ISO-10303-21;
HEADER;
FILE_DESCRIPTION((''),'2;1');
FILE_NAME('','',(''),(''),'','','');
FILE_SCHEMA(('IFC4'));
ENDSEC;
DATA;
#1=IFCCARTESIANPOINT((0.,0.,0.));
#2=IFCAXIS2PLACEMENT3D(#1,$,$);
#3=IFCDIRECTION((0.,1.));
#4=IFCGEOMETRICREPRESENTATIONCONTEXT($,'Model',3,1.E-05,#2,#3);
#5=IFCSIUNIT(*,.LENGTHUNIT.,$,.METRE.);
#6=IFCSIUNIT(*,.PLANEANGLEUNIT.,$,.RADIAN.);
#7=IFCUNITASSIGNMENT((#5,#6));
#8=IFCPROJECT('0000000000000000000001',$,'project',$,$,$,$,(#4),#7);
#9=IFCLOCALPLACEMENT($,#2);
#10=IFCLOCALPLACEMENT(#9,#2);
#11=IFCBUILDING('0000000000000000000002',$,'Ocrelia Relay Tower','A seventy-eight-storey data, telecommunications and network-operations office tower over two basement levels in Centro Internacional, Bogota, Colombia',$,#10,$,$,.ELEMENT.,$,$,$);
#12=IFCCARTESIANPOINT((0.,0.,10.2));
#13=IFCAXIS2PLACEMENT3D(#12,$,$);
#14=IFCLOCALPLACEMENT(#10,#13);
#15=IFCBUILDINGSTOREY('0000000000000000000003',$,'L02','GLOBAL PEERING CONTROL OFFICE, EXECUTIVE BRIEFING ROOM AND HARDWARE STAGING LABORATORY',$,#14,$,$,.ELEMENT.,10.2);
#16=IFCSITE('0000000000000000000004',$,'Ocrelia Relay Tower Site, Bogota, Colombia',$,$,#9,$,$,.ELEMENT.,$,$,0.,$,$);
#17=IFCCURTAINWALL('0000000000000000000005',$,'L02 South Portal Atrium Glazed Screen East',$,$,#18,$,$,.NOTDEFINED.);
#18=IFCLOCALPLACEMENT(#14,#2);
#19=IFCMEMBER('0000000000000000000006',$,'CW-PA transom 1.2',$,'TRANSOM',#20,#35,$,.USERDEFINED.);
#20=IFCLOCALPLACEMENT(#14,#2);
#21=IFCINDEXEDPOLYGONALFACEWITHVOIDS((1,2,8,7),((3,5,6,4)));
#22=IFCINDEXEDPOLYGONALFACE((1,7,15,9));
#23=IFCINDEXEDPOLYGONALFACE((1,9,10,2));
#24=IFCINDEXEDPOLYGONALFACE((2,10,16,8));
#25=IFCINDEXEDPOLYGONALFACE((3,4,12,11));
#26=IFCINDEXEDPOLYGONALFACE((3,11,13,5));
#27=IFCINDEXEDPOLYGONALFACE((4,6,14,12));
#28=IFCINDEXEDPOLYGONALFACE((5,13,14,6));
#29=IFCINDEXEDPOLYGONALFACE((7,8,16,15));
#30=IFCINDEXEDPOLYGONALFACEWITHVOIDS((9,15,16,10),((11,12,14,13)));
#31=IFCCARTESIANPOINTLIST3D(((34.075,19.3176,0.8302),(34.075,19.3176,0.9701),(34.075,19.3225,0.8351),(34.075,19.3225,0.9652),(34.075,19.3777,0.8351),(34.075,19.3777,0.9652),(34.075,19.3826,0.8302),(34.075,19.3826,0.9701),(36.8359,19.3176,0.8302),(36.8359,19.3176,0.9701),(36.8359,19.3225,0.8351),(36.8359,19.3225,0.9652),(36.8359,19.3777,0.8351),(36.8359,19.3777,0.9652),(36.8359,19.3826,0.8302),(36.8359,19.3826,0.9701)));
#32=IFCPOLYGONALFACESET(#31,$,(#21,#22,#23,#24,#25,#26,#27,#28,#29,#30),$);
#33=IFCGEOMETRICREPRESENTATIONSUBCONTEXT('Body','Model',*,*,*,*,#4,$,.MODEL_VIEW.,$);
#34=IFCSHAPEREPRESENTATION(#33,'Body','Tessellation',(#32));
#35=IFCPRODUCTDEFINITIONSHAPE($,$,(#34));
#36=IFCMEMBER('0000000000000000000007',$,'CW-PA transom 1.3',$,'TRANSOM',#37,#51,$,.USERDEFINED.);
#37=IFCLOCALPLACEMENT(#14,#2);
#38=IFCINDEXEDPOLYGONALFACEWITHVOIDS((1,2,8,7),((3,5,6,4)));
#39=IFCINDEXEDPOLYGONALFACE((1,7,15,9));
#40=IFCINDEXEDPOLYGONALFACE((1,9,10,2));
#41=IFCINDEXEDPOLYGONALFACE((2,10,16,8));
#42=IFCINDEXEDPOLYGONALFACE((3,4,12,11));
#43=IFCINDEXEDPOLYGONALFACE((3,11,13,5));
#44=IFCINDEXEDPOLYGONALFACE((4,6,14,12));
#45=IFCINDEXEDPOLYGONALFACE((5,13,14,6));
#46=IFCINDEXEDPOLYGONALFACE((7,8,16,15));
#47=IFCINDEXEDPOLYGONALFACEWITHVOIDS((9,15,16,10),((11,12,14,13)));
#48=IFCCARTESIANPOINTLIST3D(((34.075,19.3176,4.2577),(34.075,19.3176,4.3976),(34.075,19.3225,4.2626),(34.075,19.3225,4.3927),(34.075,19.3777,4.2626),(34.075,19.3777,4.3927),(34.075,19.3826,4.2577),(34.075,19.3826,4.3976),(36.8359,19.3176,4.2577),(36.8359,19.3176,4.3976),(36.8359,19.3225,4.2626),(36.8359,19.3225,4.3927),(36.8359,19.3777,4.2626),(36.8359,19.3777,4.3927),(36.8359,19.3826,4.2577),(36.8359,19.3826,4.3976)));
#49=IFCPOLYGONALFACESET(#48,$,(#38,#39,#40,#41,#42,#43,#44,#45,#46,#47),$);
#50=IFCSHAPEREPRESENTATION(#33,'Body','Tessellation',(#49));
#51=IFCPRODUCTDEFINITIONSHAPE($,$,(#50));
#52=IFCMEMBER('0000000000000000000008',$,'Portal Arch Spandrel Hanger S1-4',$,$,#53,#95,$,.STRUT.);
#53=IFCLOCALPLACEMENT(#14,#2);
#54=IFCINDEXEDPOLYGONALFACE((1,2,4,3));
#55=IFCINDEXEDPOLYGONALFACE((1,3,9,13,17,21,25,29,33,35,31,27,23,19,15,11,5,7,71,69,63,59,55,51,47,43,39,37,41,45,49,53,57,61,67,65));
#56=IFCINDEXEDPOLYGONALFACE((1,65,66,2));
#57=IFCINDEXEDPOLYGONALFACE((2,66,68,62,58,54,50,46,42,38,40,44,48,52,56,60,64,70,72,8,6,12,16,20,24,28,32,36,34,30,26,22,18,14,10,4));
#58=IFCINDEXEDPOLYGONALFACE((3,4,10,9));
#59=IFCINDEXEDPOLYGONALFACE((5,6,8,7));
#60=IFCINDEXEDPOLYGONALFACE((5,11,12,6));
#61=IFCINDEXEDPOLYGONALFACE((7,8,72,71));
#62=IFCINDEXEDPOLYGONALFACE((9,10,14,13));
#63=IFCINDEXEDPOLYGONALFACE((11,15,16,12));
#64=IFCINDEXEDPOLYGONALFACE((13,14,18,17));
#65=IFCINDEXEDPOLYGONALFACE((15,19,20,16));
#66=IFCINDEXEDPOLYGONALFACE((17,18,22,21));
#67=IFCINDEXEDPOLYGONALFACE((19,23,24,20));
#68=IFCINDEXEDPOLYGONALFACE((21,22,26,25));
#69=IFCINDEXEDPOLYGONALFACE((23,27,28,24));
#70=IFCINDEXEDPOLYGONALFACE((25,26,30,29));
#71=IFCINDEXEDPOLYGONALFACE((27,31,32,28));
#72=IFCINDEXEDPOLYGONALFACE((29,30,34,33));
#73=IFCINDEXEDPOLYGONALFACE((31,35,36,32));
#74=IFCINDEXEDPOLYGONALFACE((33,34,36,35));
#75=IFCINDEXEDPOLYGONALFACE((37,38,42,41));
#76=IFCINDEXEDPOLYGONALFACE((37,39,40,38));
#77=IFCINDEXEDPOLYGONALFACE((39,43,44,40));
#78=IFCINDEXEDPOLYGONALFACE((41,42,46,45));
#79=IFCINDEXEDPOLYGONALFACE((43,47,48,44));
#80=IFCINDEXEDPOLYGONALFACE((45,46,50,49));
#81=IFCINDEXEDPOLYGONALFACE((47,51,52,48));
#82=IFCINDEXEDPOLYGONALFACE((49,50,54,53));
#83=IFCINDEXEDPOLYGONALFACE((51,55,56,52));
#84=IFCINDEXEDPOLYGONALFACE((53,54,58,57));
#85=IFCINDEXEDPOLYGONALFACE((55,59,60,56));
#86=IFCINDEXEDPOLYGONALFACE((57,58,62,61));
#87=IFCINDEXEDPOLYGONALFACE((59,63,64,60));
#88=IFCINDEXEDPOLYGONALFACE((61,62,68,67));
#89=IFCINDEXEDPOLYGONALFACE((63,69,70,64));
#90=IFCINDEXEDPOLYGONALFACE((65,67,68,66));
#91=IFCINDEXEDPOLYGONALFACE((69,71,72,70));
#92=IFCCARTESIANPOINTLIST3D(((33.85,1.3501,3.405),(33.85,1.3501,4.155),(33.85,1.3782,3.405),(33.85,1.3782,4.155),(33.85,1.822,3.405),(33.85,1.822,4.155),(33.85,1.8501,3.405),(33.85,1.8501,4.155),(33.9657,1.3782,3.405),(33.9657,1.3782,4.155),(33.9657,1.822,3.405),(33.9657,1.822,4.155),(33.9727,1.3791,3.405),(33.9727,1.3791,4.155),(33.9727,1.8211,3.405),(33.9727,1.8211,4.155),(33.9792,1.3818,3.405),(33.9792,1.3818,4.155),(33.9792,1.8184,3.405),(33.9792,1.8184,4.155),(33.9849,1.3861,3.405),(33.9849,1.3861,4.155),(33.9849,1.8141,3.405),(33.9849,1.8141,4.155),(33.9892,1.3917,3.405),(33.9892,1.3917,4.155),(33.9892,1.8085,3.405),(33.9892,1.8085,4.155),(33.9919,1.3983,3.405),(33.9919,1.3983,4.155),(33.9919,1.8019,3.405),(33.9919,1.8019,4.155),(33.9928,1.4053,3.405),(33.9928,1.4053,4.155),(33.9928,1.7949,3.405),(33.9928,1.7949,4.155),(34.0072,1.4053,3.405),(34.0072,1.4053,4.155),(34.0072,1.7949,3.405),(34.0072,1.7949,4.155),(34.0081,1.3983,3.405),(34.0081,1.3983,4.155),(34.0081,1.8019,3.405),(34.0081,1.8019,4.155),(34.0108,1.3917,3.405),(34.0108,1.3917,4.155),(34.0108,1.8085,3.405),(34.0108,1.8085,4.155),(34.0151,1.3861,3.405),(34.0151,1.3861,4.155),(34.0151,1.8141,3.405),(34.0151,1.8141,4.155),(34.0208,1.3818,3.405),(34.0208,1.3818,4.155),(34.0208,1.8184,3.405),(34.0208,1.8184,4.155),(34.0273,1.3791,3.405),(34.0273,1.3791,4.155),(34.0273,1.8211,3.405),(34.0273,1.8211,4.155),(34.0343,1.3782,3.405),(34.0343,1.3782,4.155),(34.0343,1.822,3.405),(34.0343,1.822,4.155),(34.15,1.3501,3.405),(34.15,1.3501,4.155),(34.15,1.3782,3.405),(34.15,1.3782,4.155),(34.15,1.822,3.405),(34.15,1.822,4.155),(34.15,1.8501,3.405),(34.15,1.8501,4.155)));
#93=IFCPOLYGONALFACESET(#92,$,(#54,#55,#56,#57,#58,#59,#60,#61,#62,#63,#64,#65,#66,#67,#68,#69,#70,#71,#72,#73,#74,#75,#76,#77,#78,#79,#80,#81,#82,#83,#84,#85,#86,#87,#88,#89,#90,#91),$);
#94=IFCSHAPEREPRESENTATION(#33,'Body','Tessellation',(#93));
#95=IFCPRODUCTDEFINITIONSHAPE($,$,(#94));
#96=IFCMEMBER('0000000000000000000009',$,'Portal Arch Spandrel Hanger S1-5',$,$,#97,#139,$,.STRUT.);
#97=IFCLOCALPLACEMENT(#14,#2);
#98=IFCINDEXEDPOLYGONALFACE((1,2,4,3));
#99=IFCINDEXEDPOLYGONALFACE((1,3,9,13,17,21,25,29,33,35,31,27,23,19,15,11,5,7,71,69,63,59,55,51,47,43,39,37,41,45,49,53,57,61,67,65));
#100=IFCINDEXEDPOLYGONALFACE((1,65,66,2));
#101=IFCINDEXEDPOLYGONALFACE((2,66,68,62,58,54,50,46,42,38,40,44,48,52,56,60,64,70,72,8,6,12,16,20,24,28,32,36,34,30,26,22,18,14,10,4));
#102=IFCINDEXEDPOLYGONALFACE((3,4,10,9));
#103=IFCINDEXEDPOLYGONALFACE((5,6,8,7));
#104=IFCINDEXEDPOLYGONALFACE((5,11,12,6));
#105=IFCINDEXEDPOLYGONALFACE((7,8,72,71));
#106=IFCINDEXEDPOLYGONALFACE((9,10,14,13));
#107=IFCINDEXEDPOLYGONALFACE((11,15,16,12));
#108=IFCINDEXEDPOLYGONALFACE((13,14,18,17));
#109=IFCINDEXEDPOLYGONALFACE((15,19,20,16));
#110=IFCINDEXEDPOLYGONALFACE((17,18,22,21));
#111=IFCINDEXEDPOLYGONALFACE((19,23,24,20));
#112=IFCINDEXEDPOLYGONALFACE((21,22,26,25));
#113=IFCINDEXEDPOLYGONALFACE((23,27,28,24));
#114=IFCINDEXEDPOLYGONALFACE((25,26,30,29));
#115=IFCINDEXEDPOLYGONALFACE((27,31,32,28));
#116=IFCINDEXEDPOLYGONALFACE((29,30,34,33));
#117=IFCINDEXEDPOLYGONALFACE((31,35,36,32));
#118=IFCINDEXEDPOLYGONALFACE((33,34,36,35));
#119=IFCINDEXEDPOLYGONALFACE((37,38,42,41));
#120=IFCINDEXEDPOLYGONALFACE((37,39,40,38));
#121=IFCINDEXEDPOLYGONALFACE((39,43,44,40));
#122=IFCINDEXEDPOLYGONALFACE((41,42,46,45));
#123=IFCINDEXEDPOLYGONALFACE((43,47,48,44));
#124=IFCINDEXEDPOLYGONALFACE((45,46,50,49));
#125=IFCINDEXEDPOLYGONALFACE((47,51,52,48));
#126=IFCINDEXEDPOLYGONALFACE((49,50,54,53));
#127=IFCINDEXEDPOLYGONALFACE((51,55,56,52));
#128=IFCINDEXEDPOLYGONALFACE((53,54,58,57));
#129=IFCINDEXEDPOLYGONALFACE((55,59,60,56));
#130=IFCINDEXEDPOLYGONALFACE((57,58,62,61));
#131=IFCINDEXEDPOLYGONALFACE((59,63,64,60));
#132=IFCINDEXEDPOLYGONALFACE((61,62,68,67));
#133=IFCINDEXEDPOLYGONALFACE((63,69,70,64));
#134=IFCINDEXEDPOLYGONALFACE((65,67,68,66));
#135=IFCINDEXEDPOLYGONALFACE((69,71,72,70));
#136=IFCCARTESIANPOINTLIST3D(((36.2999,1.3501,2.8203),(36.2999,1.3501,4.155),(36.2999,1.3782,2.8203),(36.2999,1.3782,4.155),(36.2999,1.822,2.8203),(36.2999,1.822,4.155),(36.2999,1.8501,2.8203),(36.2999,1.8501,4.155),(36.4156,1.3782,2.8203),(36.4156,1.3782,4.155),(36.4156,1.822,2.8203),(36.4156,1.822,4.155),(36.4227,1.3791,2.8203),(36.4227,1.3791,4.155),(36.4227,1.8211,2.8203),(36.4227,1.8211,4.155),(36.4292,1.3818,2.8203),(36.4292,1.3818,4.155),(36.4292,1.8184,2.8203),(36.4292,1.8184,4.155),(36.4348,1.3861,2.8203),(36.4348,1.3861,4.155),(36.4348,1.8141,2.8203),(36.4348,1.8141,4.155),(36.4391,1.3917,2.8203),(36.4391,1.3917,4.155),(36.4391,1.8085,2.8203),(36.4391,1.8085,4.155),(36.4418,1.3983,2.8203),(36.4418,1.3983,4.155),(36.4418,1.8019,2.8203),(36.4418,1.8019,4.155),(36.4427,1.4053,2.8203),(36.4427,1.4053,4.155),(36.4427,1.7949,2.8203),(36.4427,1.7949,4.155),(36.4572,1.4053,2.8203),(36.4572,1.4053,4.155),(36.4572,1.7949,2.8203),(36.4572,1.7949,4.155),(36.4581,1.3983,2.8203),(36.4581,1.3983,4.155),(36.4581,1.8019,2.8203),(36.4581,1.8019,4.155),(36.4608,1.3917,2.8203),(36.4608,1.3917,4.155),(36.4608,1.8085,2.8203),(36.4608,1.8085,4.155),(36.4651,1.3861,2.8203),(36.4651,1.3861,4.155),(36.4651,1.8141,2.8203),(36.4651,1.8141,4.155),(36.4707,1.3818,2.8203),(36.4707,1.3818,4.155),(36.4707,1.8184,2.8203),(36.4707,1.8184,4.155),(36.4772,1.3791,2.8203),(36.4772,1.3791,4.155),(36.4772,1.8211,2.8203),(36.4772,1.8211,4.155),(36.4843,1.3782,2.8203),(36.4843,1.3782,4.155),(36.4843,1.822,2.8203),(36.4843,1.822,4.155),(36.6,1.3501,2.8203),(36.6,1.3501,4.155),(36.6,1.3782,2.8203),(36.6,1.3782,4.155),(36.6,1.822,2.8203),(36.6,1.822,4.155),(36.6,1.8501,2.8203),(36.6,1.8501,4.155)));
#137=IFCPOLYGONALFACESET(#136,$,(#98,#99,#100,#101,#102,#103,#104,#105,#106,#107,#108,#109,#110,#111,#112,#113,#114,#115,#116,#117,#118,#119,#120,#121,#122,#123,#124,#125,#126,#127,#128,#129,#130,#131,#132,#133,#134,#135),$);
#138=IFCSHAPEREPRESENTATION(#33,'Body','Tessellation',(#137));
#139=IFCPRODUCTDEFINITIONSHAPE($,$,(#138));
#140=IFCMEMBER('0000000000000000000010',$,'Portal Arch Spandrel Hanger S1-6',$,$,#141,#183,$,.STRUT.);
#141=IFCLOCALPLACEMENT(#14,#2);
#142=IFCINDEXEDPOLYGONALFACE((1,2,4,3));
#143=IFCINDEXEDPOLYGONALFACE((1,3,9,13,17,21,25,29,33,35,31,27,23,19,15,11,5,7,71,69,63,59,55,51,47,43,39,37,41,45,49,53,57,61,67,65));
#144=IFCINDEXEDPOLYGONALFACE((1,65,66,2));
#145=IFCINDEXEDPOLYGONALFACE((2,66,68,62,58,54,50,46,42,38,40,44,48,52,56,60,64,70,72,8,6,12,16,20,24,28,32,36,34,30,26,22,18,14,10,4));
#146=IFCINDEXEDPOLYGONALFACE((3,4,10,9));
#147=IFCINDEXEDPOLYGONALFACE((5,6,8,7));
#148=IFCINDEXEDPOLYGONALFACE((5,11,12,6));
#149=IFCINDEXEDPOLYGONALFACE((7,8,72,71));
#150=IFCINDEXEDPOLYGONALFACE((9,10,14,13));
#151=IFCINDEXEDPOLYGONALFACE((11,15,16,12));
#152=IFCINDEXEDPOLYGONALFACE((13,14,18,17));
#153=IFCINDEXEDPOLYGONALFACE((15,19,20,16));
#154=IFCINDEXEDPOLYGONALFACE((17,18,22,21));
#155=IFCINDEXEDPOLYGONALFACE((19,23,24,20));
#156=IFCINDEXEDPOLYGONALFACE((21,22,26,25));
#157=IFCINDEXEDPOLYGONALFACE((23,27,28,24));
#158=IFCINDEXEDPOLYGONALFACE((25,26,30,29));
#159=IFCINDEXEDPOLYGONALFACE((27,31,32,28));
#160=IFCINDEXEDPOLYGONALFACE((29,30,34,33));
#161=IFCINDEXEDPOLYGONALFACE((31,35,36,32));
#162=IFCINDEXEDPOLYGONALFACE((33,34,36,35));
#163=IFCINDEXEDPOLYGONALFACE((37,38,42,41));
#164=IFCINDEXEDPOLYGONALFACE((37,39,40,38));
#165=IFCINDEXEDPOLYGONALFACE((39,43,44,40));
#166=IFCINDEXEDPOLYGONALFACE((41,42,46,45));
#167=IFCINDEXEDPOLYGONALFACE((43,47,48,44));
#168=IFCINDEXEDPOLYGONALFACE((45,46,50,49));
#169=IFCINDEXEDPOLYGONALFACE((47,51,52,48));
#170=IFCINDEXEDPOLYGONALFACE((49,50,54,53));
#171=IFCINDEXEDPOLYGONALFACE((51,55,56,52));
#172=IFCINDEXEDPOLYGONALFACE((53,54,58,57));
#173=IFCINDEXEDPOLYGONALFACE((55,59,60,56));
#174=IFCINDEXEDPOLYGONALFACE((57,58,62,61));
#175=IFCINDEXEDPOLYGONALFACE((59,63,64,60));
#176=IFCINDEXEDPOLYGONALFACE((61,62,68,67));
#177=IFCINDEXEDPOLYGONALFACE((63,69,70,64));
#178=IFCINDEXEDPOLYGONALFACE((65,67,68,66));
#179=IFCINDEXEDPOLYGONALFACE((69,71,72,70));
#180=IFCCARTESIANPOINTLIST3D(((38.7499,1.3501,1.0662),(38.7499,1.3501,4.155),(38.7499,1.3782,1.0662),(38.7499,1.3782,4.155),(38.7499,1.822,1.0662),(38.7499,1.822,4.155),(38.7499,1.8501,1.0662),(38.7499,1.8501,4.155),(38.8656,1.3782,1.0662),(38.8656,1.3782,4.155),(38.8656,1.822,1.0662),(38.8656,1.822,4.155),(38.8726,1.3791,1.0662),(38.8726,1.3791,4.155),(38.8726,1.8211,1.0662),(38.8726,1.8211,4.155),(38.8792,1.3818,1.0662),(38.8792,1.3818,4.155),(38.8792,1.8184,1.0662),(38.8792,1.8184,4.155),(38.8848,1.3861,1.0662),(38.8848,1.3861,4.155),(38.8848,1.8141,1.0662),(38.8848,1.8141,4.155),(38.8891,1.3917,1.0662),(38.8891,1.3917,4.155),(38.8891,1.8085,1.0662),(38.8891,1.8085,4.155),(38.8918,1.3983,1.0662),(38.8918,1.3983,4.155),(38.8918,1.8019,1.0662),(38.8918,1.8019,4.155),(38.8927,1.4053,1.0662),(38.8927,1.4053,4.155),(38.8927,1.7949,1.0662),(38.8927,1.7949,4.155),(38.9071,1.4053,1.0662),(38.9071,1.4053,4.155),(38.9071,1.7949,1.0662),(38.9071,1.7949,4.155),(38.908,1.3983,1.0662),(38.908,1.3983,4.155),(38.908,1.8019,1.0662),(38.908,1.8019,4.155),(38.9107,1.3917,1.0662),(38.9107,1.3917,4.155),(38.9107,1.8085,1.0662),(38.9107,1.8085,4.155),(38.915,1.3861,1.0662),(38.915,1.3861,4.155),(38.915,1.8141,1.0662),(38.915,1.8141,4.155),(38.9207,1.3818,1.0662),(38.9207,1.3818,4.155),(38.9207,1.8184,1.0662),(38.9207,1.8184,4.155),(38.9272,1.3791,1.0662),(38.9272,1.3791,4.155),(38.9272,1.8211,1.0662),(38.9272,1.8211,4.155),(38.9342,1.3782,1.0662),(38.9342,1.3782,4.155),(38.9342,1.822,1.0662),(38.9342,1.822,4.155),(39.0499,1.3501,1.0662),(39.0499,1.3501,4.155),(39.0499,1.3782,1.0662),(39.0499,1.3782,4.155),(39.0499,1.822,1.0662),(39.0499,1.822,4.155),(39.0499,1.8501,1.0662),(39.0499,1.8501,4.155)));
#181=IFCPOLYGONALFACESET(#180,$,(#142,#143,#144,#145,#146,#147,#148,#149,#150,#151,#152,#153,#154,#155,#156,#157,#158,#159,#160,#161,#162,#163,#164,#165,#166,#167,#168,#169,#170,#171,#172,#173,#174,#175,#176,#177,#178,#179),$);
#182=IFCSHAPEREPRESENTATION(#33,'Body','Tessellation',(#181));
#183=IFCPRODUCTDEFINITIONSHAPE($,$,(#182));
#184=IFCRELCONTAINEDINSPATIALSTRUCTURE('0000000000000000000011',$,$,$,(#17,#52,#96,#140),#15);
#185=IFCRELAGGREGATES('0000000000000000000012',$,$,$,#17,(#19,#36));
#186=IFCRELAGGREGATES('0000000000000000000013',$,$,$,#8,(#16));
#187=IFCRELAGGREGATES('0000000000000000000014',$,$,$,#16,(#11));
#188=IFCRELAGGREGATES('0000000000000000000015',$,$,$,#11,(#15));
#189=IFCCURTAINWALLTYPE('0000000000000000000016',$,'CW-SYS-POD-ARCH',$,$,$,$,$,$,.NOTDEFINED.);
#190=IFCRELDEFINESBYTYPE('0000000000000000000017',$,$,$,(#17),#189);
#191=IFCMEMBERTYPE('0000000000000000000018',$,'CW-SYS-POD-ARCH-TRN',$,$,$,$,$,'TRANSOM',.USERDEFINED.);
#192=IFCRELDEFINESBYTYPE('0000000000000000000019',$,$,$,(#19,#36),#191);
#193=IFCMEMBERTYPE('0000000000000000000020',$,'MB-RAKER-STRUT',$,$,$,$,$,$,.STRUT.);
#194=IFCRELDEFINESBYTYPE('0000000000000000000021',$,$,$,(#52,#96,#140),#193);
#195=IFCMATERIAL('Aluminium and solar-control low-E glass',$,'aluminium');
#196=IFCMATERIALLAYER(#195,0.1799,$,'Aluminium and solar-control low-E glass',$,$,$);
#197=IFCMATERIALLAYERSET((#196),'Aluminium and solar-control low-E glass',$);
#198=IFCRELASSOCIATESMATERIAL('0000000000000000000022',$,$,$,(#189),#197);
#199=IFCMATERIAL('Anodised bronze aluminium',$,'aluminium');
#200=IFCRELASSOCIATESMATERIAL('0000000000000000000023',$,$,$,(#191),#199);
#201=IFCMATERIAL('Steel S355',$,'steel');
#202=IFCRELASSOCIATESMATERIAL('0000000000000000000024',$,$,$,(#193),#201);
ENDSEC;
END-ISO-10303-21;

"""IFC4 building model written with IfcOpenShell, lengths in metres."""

from ifc_helpers import new_model, si_unit, direction, frame, origin, origin_2d, place, context, subcontext, project, spatial, hollow_rectangle, i_section, extrude, material, layer, layer_set, material_profile, profile_set, type_object, element, aggregate, save


model = new_model("IFC4")

# Units and contexts
model_context = context("Model", 3, precision=1e-05, world=origin(), true_north=direction((0.0, 1.0)))
body_context = subcontext(model_context, "Body", "Model", "MODEL_VIEW")
ifc_project = project(units=[si_unit("LENGTHUNIT", "METRE"), si_unit("PLANEANGLEUNIT", "RADIAN")], contexts=[model_context])

# Site, building, storey
site_placement = place(None, origin())
site = spatial("IfcSite", under=ifc_project, at=site_placement, Name="Ocrelia Relay Tower Site, Bogota, Colombia", CompositionType="ELEMENT", RefElevation=0.0)
building_placement = place(site_placement, origin())
building = spatial("IfcBuilding", under=site, at=building_placement, Name="Ocrelia Relay Tower", Description="A seventy-eight-storey data, telecommunications and network-operations office tower over two basement levels in Centro Internacional, Bogota, Colombia", CompositionType="ELEMENT")
storey_placement = place(building_placement, frame((0.0, 0.0, 10.2)))
storey = spatial("IfcBuildingStorey", under=building, at=storey_placement, Name="L02", Description="GLOBAL PEERING CONTROL OFFICE, EXECUTIVE BRIEFING ROOM AND HARDWARE STAGING LABORATORY", CompositionType="ELEMENT", Elevation=10.2)

# Shared definitions
ifc_material_1 = material(Name="Steel S355", Category="steel")

# Shared definitions
ifc_material_2 = material(Name="Aluminium and solar-control low-E glass", Category="aluminium")
ifc_layer_1 = layer(ifc_material_2, 0.1799, Name="Aluminium and solar-control low-E glass")
ifc_layer_set_1 = layer_set([ifc_layer_1], Name="Aluminium and solar-control low-E glass")
curtain_wall_type = type_object("IfcCurtainWallType", Name="CW-SYS-POD-ARCH", PredefinedType="NOTDEFINED", material=ifc_layer_set_1)
ifc_material_3 = material(Name="Anodised bronze aluminium", Category="aluminium")

# Curtain wall, members
curtain_wall_1_placement = place(storey_placement, origin())
curtain_wall_1 = element("IfcCurtainWall", 1, at=curtain_wall_1_placement, inside=storey, type_object=curtain_wall_type, Name="L02 South Portal Atrium Glazed Screen East", PredefinedType="NOTDEFINED")
ifc_material_profile_1 = material_profile(ifc_material_3, hollow_rectangle(XDim=0.0649, YDim=0.1399, WallThickness=0.0049, at=origin_2d()), Name="CW-TRN-140x65")
ifc_profile_set_1 = profile_set([ifc_material_profile_1], Name="Anodised bronze aluminium")
member_type_1 = type_object("IfcMemberType", Name="CW-SYS-POD-ARCH-TRN", ElementType="TRANSOM", PredefinedType="USERDEFINED", material=ifc_profile_set_1)
member_1_placement = place(storey_placement, frame((34.075, 19.3501, 0.9001), z_axis=(1.0, 0.0, 0.0), x_axis=(0.0, 1.0, 0.0)))
member_1 = element("IfcMember", 2, at=member_1_placement, type_object=member_type_1, Name="CW-PA transom 1.2", ObjectType="TRANSOM", PredefinedType="USERDEFINED", context=body_context, shape_type="SweptSolid", body=[
    extrude(hollow_rectangle(XDim=0.0649, YDim=0.1399, WallThickness=0.0049, at=origin_2d()), origin(), (0.0, 0.0, 1.0), 2.761),
])
member_2_placement = place(storey_placement, frame((34.075, 19.3501, 4.3276), z_axis=(1.0, 0.0, 0.0), x_axis=(0.0, 1.0, 0.0)))
member_2 = element("IfcMember", 3, at=member_2_placement, type_object=member_type_1, Name="CW-PA transom 1.3", ObjectType="TRANSOM", PredefinedType="USERDEFINED", context=body_context, shape_type="SweptSolid", body=[
    extrude(hollow_rectangle(XDim=0.0649, YDim=0.1399, WallThickness=0.0049, at=origin_2d()), origin(), (0.0, 0.0, 1.0), 2.761),
])
aggregate(curtain_wall_1, [member_1, member_2])

# Members
ifc_material_profile_2 = material_profile(ifc_material_1, i_section(OverallWidth=0.3, OverallDepth=0.5, WebThickness=0.0144, FlangeThickness=0.0281, FilletRadius=0.0271, at=origin_2d()), Name="HEB 500")
ifc_profile_set_2 = profile_set([ifc_material_profile_2], Name="Steel S355")
member_type_2 = type_object("IfcMemberType", Name="MB-RAKER-STRUT", PredefinedType="STRUT", material=ifc_profile_set_2)
member_3_placement = place(storey_placement, frame((34.0, 1.6001, 3.405), z_axis=(0.0, 0.0, 1.0), x_axis=(1.0, 0.0, 0.0)))
element("IfcMember", 4, at=member_3_placement, inside=storey, type_object=member_type_2, Name="Portal Arch Spandrel Hanger S1-4", PredefinedType="STRUT", context=body_context, shape_type="SweptSolid", body=[
    extrude(i_section(OverallWidth=0.3, OverallDepth=0.5, WebThickness=0.0144, FlangeThickness=0.0281, FilletRadius=0.0271, at=origin_2d()), origin(), (0.0, 0.0, 1.0), 0.75),
])
member_4_placement = place(storey_placement, frame((36.45, 1.6001, 2.8203), z_axis=(0.0, 0.0, 1.0), x_axis=(1.0, 0.0, 0.0)))
element("IfcMember", 5, at=member_4_placement, inside=storey, type_object=member_type_2, Name="Portal Arch Spandrel Hanger S1-5", PredefinedType="STRUT", context=body_context, shape_type="SweptSolid", body=[
    extrude(i_section(OverallWidth=0.3, OverallDepth=0.5, WebThickness=0.0144, FlangeThickness=0.0281, FilletRadius=0.0271, at=origin_2d()), origin(), (0.0, 0.0, 1.0), 1.3347),
])
member_5_placement = place(storey_placement, frame((38.8999, 1.6001, 1.0662), z_axis=(0.0, 0.0, 1.0), x_axis=(1.0, 0.0, 0.0)))
element("IfcMember", 6, at=member_5_placement, inside=storey, type_object=member_type_2, Name="Portal Arch Spandrel Hanger S1-6", PredefinedType="STRUT", context=body_context, shape_type="SweptSolid", body=[
    extrude(i_section(OverallWidth=0.3, OverallDepth=0.5, WebThickness=0.0144, FlangeThickness=0.0281, FilletRadius=0.0271, at=origin_2d()), origin(), (0.0, 0.0, 1.0), 3.0889),
])

save(model, "model.ifc")
